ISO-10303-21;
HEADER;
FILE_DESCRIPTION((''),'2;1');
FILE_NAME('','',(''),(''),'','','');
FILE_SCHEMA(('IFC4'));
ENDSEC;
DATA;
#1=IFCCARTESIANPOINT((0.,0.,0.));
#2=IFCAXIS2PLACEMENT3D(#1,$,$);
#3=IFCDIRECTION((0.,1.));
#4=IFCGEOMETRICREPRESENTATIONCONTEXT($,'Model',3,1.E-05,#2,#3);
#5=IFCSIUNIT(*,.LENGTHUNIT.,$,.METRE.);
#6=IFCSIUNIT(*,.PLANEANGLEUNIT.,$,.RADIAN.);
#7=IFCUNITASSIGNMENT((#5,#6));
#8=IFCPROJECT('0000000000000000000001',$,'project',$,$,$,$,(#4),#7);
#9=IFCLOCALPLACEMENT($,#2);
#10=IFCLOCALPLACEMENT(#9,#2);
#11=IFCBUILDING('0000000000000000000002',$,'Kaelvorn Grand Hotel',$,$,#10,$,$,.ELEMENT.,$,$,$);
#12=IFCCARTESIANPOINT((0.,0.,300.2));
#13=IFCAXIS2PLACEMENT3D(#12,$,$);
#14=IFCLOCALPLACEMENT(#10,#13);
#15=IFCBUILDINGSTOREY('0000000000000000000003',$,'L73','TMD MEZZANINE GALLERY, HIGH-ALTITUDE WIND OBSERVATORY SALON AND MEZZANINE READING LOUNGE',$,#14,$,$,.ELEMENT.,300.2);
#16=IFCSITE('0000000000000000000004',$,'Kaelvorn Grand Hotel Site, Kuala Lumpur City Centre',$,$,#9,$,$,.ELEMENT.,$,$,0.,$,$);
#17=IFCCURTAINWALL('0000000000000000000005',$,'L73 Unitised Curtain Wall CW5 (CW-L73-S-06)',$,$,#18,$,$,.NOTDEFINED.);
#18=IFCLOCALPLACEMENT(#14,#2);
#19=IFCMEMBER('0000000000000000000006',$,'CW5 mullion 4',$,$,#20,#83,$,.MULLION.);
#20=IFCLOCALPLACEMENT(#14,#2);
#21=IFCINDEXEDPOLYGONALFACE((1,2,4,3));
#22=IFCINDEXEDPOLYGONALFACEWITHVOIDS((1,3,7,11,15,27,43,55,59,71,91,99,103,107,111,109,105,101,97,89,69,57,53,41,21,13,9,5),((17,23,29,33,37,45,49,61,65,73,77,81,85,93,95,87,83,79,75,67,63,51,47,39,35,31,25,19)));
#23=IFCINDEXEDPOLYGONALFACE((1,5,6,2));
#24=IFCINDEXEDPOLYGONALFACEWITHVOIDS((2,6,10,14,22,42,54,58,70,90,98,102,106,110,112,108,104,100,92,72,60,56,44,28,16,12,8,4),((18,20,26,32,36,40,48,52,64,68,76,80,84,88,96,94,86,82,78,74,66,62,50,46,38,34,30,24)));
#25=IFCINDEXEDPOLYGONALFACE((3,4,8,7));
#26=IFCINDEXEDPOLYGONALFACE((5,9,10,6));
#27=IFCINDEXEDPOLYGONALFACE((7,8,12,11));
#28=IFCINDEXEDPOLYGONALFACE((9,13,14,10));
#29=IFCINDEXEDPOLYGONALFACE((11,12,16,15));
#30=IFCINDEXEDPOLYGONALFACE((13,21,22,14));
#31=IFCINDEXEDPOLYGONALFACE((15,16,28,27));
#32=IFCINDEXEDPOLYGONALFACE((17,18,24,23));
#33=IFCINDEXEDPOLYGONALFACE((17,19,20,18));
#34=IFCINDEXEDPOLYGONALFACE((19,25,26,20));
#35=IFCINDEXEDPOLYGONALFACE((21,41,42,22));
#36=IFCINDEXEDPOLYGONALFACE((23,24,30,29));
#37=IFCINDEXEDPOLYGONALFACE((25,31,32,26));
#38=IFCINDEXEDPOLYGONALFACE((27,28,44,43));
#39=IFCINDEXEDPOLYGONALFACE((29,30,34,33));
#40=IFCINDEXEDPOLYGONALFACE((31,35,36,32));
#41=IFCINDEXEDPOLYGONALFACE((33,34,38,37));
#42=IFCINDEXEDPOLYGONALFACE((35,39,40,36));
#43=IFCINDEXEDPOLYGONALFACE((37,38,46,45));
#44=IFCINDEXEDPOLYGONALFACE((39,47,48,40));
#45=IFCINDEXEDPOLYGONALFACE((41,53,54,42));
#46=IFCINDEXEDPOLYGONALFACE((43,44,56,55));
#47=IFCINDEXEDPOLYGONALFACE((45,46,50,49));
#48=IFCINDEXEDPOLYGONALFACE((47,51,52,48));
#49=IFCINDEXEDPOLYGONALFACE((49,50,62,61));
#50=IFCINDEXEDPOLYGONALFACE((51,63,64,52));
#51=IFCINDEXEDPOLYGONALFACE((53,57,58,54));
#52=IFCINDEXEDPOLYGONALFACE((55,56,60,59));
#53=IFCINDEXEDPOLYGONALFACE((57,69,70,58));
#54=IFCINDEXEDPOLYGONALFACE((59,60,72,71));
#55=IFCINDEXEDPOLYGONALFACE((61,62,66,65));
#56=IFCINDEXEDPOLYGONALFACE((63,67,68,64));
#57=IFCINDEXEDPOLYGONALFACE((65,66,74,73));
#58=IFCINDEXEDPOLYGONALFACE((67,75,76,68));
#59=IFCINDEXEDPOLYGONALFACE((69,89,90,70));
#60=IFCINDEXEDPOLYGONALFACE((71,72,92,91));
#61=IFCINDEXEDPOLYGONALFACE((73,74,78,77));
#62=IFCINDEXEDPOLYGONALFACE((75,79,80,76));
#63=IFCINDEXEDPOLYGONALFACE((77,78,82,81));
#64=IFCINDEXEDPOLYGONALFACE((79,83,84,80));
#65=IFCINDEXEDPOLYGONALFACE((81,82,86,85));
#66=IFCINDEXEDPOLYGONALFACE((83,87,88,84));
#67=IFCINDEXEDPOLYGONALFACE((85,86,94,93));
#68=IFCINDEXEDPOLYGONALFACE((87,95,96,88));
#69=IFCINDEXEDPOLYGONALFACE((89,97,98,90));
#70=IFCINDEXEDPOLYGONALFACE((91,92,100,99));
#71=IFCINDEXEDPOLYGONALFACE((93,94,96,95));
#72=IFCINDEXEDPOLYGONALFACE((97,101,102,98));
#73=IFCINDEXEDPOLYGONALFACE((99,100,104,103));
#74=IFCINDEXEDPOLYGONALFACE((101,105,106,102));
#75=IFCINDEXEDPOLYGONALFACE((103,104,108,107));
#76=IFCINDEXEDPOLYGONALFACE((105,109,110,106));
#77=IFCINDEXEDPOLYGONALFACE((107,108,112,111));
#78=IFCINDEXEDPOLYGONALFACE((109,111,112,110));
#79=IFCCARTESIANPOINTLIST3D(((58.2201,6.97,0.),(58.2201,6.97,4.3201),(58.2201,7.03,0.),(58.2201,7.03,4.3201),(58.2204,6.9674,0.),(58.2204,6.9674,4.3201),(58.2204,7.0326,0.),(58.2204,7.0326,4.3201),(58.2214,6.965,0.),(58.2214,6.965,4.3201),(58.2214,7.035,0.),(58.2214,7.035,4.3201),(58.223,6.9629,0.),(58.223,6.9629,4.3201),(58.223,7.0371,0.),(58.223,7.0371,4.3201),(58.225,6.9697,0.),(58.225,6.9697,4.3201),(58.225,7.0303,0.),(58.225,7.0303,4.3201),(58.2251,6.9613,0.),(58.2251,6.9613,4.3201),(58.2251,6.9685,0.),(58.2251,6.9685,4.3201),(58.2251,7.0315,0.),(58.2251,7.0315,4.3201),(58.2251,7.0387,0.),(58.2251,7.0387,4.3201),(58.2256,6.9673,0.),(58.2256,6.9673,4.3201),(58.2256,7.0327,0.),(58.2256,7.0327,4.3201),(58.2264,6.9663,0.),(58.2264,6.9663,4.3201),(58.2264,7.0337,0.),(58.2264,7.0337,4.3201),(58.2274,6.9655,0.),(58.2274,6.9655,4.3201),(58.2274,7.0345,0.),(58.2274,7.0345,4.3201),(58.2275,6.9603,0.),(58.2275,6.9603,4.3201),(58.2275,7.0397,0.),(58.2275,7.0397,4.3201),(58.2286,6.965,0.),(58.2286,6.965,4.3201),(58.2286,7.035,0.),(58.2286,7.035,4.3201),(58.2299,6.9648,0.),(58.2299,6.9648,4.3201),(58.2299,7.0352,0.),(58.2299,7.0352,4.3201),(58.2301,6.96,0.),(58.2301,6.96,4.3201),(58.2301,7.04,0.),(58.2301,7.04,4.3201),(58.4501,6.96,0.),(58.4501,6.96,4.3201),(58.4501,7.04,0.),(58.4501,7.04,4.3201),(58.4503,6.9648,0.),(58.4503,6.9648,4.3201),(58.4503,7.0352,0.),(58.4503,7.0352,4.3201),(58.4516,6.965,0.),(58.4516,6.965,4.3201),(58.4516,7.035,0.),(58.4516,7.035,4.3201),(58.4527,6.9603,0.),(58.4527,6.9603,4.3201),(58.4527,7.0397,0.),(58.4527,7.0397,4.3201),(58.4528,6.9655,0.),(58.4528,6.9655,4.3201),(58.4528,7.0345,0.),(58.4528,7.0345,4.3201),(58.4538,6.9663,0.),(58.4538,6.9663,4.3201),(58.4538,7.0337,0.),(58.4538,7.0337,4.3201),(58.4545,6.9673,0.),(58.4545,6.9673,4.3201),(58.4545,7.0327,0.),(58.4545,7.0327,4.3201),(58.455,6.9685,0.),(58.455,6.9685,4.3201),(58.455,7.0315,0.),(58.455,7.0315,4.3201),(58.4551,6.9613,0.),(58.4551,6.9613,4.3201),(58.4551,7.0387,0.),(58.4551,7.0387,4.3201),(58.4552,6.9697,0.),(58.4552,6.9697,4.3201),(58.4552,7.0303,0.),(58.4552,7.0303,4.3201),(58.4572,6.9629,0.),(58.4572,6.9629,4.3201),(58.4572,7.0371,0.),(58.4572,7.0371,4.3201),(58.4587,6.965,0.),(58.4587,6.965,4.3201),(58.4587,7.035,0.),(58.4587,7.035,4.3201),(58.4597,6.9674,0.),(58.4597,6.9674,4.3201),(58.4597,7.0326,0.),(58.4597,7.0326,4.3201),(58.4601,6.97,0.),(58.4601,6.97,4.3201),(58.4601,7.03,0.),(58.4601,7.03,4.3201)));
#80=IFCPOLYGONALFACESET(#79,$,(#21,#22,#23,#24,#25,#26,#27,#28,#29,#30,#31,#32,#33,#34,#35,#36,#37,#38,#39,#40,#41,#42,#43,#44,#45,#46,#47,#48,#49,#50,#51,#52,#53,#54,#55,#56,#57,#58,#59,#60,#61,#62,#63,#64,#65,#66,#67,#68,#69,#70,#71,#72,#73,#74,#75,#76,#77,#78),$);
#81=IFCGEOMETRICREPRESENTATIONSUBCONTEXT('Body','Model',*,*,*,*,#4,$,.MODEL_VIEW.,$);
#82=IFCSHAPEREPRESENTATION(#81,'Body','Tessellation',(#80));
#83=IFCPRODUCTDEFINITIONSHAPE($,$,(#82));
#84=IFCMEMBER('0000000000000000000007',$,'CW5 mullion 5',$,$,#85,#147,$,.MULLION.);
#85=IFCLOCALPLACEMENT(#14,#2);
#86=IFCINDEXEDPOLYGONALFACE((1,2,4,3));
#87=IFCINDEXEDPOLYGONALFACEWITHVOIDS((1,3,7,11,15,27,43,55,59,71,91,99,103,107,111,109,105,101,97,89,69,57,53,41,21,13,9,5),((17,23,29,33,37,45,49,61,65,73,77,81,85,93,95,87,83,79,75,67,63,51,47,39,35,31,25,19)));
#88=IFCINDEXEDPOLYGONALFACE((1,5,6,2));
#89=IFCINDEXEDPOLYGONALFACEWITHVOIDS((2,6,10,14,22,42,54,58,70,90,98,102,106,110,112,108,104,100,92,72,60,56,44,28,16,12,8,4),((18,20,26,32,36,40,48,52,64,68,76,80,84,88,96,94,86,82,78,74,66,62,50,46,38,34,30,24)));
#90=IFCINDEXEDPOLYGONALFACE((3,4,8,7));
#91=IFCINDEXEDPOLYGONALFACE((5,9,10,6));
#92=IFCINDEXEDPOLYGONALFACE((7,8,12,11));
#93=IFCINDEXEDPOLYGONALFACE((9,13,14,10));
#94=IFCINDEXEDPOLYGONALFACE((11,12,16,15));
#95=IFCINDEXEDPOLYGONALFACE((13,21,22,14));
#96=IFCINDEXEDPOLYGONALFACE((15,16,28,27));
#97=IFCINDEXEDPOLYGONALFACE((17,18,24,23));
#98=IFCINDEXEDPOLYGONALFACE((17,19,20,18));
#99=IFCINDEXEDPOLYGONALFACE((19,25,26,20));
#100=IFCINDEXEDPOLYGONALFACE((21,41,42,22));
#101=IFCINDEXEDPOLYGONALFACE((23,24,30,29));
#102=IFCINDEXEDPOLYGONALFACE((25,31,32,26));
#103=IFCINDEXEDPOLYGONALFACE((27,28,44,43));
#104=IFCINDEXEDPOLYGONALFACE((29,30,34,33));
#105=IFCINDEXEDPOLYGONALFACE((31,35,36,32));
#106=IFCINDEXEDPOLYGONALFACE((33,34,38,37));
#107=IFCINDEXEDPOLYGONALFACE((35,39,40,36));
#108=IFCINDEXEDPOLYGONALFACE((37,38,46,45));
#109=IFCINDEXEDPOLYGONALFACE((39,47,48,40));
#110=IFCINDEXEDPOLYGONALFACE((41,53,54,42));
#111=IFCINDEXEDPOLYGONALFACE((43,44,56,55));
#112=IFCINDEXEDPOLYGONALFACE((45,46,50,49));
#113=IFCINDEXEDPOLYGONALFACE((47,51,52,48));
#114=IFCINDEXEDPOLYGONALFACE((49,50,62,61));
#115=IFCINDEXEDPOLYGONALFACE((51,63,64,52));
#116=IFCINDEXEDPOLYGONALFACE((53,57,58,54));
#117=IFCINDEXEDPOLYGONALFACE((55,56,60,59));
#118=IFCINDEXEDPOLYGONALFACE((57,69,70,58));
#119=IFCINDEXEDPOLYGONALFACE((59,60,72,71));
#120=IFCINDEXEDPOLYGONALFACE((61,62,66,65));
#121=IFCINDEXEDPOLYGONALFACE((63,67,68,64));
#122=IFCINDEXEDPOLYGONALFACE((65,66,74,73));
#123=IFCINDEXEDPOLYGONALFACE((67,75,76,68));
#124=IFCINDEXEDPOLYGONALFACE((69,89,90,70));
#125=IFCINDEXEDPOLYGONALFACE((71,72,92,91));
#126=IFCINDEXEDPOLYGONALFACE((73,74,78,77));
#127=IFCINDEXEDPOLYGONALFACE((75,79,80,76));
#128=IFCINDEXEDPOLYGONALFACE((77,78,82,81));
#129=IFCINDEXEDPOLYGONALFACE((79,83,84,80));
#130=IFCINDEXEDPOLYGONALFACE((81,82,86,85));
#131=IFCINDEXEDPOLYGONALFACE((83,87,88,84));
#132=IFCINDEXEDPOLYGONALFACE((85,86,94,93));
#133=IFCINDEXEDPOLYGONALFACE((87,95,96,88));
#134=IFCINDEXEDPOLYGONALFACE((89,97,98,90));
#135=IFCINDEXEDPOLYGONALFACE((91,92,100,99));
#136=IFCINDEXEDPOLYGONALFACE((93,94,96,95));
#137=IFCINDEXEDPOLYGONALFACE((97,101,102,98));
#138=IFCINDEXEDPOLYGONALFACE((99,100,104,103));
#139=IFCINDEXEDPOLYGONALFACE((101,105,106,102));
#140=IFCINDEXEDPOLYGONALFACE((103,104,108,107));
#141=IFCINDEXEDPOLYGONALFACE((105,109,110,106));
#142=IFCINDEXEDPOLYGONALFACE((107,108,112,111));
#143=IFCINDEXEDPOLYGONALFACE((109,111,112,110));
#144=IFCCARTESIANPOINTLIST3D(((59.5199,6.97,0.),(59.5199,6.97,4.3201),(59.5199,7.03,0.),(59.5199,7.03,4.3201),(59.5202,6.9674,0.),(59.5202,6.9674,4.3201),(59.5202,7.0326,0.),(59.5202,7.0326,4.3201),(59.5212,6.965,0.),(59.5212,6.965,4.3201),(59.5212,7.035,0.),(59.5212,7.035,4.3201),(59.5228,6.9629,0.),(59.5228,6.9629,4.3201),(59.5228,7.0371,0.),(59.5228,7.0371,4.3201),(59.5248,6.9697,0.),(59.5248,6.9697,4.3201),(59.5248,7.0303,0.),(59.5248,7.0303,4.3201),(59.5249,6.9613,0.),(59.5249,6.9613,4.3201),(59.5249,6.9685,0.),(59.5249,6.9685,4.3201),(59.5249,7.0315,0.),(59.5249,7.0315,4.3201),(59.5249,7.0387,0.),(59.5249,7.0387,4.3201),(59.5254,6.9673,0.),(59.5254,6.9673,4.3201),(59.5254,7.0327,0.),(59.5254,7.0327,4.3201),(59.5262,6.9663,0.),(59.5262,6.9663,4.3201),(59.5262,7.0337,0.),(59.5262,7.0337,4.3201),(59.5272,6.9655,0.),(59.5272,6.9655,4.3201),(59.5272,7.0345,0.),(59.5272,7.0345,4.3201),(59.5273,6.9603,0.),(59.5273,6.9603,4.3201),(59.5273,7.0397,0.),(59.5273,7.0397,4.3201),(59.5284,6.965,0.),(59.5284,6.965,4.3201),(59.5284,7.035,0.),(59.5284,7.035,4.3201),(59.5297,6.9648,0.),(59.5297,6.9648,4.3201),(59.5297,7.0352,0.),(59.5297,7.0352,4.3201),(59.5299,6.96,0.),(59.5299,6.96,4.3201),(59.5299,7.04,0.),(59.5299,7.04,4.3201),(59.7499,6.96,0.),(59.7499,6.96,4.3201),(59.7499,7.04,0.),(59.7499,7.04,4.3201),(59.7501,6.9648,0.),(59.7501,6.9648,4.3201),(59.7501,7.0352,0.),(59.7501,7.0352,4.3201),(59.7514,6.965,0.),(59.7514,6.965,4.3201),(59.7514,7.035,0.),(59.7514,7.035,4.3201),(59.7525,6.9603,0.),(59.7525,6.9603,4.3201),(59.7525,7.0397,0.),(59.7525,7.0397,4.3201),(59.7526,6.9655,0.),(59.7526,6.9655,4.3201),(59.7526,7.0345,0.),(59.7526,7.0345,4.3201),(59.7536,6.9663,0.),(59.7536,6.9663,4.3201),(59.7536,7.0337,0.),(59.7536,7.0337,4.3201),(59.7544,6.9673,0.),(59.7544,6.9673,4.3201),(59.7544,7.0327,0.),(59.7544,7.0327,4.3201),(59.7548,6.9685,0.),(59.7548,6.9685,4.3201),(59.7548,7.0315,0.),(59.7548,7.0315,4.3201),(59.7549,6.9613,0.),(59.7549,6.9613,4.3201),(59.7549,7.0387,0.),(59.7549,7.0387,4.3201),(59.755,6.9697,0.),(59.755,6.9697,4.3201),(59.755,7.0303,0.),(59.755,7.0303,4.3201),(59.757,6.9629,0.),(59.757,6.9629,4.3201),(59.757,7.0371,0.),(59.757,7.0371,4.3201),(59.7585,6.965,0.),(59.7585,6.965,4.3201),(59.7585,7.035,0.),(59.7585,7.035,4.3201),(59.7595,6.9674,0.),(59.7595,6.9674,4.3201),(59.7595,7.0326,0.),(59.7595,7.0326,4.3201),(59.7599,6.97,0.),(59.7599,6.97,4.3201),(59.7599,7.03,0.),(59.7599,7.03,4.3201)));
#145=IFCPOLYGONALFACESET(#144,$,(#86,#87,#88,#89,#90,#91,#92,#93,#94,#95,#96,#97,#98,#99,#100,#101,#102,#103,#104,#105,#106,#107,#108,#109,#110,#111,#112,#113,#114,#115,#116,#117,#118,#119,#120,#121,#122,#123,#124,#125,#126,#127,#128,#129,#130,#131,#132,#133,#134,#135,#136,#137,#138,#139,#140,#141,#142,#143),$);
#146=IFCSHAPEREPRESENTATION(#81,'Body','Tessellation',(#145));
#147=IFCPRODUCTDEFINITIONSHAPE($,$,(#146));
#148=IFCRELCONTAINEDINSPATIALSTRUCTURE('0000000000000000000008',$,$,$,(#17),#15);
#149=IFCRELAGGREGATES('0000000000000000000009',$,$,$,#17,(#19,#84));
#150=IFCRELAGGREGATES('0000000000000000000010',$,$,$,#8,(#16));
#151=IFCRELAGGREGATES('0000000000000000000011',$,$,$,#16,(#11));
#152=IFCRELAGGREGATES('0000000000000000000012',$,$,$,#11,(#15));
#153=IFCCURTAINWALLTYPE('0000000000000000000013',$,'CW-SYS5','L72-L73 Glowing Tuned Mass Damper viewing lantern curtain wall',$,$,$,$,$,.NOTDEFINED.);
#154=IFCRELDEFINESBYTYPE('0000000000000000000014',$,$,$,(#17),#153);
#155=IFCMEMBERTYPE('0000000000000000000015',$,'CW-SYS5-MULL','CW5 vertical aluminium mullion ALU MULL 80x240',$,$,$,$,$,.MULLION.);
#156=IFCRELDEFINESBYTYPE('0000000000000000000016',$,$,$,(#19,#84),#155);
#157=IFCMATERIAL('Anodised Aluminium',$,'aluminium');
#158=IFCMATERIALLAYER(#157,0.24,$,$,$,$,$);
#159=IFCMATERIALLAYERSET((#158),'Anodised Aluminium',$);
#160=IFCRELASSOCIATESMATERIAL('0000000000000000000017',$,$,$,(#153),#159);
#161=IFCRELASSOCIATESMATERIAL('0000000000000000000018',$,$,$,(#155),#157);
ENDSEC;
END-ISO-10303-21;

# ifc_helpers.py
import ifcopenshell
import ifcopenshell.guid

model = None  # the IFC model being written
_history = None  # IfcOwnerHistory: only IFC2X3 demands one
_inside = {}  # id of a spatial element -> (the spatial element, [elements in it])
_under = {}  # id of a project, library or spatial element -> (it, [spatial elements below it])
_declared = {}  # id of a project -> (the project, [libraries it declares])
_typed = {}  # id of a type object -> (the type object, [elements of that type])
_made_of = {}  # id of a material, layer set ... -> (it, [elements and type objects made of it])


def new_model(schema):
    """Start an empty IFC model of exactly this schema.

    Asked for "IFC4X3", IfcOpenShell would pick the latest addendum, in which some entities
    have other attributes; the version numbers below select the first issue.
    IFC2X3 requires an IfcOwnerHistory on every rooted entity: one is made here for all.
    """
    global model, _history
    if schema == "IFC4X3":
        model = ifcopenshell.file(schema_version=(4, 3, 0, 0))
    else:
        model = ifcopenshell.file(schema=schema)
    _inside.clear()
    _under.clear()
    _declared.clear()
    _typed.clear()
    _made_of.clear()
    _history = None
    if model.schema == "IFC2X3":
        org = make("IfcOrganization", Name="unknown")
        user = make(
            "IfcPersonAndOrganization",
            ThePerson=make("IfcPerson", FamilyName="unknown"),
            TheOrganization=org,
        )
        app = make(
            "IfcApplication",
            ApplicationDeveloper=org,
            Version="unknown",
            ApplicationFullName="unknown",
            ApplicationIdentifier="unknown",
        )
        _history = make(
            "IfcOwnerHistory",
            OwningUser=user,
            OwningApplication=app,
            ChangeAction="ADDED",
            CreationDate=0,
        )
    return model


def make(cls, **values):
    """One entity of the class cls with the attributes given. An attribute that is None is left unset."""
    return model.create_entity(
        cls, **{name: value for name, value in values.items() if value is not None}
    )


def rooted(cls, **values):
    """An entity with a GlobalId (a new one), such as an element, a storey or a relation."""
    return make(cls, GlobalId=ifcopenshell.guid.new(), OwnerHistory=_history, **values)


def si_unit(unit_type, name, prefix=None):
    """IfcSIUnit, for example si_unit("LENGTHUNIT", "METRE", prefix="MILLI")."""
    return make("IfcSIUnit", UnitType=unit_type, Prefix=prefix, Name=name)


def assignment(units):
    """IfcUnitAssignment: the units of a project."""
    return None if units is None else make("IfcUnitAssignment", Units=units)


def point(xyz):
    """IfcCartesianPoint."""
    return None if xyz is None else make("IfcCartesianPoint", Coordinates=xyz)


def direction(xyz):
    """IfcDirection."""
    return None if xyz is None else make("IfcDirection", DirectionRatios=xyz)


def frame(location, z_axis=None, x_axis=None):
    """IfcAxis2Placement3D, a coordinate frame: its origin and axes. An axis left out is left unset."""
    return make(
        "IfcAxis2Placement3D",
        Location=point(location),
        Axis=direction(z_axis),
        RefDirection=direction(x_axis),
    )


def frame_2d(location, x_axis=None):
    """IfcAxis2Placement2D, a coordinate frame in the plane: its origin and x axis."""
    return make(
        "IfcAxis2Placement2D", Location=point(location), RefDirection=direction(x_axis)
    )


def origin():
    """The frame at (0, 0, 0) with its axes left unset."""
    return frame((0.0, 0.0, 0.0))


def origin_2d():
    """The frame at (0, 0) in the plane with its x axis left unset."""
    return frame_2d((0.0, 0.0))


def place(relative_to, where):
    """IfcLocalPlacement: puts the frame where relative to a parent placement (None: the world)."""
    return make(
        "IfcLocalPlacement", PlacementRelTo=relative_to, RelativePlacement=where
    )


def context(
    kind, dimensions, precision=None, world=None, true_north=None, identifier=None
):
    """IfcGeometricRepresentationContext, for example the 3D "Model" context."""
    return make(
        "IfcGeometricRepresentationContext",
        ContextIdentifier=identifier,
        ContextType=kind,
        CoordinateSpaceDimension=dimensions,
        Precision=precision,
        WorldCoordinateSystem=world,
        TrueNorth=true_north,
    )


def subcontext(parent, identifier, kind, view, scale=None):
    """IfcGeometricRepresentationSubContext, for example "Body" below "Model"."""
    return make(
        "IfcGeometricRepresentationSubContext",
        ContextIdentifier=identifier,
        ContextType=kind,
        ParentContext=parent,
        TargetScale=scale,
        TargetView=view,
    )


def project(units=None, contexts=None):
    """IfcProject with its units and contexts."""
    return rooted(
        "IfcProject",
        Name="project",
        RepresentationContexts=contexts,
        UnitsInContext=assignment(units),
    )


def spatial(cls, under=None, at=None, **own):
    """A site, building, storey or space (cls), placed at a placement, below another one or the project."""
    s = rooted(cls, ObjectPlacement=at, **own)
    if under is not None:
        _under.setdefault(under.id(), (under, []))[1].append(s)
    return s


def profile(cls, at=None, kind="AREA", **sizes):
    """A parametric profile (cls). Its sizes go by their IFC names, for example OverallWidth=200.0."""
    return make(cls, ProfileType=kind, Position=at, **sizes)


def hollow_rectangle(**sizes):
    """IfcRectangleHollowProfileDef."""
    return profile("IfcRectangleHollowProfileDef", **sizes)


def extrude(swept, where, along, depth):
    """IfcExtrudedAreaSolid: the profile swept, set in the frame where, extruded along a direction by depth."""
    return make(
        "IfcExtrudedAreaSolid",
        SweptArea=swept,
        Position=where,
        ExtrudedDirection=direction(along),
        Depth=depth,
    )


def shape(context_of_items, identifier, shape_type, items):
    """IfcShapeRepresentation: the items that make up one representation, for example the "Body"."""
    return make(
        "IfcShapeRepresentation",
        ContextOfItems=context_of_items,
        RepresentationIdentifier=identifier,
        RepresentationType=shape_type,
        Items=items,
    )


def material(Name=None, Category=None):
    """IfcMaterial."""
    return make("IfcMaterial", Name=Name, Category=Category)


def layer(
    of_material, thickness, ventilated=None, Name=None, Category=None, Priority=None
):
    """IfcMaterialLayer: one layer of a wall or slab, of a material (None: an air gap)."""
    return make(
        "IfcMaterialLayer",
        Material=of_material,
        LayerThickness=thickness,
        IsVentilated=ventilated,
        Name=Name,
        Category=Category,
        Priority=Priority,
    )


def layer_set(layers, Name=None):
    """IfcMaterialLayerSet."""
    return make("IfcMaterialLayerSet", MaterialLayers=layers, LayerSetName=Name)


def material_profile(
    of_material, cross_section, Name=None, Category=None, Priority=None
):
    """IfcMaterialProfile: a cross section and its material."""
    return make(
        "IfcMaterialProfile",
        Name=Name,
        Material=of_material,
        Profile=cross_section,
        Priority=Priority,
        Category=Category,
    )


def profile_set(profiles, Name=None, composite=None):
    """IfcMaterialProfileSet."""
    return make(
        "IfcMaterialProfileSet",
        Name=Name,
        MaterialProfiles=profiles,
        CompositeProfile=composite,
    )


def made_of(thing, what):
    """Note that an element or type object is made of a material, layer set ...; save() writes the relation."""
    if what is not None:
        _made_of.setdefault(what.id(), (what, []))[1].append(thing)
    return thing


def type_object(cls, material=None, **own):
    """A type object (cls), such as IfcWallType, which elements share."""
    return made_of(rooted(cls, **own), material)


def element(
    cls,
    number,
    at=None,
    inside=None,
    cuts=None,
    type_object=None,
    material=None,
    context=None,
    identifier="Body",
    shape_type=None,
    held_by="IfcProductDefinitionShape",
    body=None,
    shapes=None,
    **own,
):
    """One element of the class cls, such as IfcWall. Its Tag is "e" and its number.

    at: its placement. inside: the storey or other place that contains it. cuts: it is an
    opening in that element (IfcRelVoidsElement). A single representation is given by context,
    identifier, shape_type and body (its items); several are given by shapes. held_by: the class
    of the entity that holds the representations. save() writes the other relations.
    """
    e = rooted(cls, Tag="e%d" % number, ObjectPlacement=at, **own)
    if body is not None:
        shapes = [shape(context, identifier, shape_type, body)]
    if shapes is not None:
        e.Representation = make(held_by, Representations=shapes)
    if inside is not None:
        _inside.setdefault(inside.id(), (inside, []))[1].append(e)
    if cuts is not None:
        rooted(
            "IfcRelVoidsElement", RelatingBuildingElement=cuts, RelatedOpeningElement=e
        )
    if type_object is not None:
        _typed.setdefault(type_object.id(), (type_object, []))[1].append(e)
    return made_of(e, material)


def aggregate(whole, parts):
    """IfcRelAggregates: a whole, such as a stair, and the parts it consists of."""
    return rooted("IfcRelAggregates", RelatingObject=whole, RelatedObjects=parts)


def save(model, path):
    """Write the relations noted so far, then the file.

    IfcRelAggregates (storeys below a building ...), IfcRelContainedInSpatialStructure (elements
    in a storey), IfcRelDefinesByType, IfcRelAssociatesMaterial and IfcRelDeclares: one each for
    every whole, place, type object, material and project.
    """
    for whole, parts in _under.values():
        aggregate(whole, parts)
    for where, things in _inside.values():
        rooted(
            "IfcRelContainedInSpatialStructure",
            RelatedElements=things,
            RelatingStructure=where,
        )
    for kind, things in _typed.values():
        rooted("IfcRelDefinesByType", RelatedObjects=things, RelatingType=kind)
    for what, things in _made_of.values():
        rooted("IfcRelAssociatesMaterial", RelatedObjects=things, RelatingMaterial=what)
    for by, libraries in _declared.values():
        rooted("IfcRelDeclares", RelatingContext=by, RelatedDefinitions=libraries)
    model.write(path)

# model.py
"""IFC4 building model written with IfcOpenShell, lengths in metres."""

from ifc_helpers import new_model, si_unit, direction, frame, origin, origin_2d, place, context, subcontext, project, spatial, hollow_rectangle, extrude, material, layer, layer_set, material_profile, profile_set, type_object, element, aggregate, save


model = new_model("IFC4")

# Units and contexts
model_context = context("Model", 3, precision=1e-05, world=origin(), true_north=direction((0.0, 1.0)))
body_context = subcontext(model_context, "Body", "Model", "MODEL_VIEW")
ifc_project = project(units=[si_unit("LENGTHUNIT", "METRE"), si_unit("PLANEANGLEUNIT", "RADIAN")], contexts=[model_context])

# Site, building, storey
site_placement = place(None, origin())
site = spatial("IfcSite", under=ifc_project, at=site_placement, Name="Kaelvorn Grand Hotel Site, Kuala Lumpur City Centre", CompositionType="ELEMENT", RefElevation=0.0)
building_placement = place(site_placement, origin())
building = spatial("IfcBuilding", under=site, at=building_placement, Name="Kaelvorn Grand Hotel", CompositionType="ELEMENT")
storey_placement = place(building_placement, frame((0.0, 0.0, 300.2)))
storey = spatial("IfcBuildingStorey", under=building, at=storey_placement, Name="L73", Description="TMD MEZZANINE GALLERY, HIGH-ALTITUDE WIND OBSERVATORY SALON AND MEZZANINE READING LOUNGE", CompositionType="ELEMENT", Elevation=300.2)

# Curtain wall, members
ifc_material_1 = material(Name="Anodised Aluminium", Category="aluminium")
ifc_layer_1 = layer(ifc_material_1, 0.24)
ifc_layer_set_1 = layer_set([ifc_layer_1], Name="Anodised Aluminium")
curtain_wall_type = type_object("IfcCurtainWallType", Name="CW-SYS5", Description="L72-L73 Glowing Tuned Mass Damper viewing lantern curtain wall", PredefinedType="NOTDEFINED", material=ifc_layer_set_1)
curtain_wall_1_placement = place(storey_placement, origin())
curtain_wall_1 = element("IfcCurtainWall", 1, at=curtain_wall_1_placement, inside=storey, type_object=curtain_wall_type, Name="L73 Unitised Curtain Wall CW5 (CW-L73-S-06)", PredefinedType="NOTDEFINED")
ifc_material_profile_1 = material_profile(ifc_material_1, hollow_rectangle(XDim=0.0801, YDim=0.24, WallThickness=0.0049, InnerFilletRadius=0.0049, OuterFilletRadius=0.01, at=origin_2d()), Name="ALU MULL 80x240")
ifc_profile_set_1 = profile_set([ifc_material_profile_1], Name="Anodised Aluminium")
member_type_1 = type_object("IfcMemberType", Name="CW-SYS5-MULL", Description="CW5 vertical aluminium mullion ALU MULL 80x240", PredefinedType="MULLION", material=ifc_profile_set_1)
member_1_placement = place(storey_placement, frame((58.3401, 7.0, 0.0), z_axis=(0.0, 0.0, 1.0), x_axis=(0.0, 1.0, 0.0)))
member_1 = element("IfcMember", 2, at=member_1_placement, type_object=member_type_1, Name="CW5 mullion 4", PredefinedType="MULLION", context=body_context, shape_type="SweptSolid", body=[
    extrude(hollow_rectangle(XDim=0.0801, YDim=0.24, WallThickness=0.0049, InnerFilletRadius=0.0049, OuterFilletRadius=0.01, at=origin_2d()), origin(), (0.0, 0.0, 1.0), 4.3201),
])
member_2_placement = place(storey_placement, frame((59.6399, 7.0, 0.0), z_axis=(0.0, 0.0, 1.0), x_axis=(0.0, 1.0, 0.0)))
member_2 = element("IfcMember", 3, at=member_2_placement, type_object=member_type_1, Name="CW5 mullion 5", PredefinedType="MULLION", context=body_context, shape_type="SweptSolid", body=[
    extrude(hollow_rectangle(XDim=0.0801, YDim=0.24, WallThickness=0.0049, InnerFilletRadius=0.0049, OuterFilletRadius=0.01, at=origin_2d()), origin(), (0.0, 0.0, 1.0), 4.3201),
])

aggregate(curtain_wall_1, [member_1, member_2])

save(model, "model.ifc")
